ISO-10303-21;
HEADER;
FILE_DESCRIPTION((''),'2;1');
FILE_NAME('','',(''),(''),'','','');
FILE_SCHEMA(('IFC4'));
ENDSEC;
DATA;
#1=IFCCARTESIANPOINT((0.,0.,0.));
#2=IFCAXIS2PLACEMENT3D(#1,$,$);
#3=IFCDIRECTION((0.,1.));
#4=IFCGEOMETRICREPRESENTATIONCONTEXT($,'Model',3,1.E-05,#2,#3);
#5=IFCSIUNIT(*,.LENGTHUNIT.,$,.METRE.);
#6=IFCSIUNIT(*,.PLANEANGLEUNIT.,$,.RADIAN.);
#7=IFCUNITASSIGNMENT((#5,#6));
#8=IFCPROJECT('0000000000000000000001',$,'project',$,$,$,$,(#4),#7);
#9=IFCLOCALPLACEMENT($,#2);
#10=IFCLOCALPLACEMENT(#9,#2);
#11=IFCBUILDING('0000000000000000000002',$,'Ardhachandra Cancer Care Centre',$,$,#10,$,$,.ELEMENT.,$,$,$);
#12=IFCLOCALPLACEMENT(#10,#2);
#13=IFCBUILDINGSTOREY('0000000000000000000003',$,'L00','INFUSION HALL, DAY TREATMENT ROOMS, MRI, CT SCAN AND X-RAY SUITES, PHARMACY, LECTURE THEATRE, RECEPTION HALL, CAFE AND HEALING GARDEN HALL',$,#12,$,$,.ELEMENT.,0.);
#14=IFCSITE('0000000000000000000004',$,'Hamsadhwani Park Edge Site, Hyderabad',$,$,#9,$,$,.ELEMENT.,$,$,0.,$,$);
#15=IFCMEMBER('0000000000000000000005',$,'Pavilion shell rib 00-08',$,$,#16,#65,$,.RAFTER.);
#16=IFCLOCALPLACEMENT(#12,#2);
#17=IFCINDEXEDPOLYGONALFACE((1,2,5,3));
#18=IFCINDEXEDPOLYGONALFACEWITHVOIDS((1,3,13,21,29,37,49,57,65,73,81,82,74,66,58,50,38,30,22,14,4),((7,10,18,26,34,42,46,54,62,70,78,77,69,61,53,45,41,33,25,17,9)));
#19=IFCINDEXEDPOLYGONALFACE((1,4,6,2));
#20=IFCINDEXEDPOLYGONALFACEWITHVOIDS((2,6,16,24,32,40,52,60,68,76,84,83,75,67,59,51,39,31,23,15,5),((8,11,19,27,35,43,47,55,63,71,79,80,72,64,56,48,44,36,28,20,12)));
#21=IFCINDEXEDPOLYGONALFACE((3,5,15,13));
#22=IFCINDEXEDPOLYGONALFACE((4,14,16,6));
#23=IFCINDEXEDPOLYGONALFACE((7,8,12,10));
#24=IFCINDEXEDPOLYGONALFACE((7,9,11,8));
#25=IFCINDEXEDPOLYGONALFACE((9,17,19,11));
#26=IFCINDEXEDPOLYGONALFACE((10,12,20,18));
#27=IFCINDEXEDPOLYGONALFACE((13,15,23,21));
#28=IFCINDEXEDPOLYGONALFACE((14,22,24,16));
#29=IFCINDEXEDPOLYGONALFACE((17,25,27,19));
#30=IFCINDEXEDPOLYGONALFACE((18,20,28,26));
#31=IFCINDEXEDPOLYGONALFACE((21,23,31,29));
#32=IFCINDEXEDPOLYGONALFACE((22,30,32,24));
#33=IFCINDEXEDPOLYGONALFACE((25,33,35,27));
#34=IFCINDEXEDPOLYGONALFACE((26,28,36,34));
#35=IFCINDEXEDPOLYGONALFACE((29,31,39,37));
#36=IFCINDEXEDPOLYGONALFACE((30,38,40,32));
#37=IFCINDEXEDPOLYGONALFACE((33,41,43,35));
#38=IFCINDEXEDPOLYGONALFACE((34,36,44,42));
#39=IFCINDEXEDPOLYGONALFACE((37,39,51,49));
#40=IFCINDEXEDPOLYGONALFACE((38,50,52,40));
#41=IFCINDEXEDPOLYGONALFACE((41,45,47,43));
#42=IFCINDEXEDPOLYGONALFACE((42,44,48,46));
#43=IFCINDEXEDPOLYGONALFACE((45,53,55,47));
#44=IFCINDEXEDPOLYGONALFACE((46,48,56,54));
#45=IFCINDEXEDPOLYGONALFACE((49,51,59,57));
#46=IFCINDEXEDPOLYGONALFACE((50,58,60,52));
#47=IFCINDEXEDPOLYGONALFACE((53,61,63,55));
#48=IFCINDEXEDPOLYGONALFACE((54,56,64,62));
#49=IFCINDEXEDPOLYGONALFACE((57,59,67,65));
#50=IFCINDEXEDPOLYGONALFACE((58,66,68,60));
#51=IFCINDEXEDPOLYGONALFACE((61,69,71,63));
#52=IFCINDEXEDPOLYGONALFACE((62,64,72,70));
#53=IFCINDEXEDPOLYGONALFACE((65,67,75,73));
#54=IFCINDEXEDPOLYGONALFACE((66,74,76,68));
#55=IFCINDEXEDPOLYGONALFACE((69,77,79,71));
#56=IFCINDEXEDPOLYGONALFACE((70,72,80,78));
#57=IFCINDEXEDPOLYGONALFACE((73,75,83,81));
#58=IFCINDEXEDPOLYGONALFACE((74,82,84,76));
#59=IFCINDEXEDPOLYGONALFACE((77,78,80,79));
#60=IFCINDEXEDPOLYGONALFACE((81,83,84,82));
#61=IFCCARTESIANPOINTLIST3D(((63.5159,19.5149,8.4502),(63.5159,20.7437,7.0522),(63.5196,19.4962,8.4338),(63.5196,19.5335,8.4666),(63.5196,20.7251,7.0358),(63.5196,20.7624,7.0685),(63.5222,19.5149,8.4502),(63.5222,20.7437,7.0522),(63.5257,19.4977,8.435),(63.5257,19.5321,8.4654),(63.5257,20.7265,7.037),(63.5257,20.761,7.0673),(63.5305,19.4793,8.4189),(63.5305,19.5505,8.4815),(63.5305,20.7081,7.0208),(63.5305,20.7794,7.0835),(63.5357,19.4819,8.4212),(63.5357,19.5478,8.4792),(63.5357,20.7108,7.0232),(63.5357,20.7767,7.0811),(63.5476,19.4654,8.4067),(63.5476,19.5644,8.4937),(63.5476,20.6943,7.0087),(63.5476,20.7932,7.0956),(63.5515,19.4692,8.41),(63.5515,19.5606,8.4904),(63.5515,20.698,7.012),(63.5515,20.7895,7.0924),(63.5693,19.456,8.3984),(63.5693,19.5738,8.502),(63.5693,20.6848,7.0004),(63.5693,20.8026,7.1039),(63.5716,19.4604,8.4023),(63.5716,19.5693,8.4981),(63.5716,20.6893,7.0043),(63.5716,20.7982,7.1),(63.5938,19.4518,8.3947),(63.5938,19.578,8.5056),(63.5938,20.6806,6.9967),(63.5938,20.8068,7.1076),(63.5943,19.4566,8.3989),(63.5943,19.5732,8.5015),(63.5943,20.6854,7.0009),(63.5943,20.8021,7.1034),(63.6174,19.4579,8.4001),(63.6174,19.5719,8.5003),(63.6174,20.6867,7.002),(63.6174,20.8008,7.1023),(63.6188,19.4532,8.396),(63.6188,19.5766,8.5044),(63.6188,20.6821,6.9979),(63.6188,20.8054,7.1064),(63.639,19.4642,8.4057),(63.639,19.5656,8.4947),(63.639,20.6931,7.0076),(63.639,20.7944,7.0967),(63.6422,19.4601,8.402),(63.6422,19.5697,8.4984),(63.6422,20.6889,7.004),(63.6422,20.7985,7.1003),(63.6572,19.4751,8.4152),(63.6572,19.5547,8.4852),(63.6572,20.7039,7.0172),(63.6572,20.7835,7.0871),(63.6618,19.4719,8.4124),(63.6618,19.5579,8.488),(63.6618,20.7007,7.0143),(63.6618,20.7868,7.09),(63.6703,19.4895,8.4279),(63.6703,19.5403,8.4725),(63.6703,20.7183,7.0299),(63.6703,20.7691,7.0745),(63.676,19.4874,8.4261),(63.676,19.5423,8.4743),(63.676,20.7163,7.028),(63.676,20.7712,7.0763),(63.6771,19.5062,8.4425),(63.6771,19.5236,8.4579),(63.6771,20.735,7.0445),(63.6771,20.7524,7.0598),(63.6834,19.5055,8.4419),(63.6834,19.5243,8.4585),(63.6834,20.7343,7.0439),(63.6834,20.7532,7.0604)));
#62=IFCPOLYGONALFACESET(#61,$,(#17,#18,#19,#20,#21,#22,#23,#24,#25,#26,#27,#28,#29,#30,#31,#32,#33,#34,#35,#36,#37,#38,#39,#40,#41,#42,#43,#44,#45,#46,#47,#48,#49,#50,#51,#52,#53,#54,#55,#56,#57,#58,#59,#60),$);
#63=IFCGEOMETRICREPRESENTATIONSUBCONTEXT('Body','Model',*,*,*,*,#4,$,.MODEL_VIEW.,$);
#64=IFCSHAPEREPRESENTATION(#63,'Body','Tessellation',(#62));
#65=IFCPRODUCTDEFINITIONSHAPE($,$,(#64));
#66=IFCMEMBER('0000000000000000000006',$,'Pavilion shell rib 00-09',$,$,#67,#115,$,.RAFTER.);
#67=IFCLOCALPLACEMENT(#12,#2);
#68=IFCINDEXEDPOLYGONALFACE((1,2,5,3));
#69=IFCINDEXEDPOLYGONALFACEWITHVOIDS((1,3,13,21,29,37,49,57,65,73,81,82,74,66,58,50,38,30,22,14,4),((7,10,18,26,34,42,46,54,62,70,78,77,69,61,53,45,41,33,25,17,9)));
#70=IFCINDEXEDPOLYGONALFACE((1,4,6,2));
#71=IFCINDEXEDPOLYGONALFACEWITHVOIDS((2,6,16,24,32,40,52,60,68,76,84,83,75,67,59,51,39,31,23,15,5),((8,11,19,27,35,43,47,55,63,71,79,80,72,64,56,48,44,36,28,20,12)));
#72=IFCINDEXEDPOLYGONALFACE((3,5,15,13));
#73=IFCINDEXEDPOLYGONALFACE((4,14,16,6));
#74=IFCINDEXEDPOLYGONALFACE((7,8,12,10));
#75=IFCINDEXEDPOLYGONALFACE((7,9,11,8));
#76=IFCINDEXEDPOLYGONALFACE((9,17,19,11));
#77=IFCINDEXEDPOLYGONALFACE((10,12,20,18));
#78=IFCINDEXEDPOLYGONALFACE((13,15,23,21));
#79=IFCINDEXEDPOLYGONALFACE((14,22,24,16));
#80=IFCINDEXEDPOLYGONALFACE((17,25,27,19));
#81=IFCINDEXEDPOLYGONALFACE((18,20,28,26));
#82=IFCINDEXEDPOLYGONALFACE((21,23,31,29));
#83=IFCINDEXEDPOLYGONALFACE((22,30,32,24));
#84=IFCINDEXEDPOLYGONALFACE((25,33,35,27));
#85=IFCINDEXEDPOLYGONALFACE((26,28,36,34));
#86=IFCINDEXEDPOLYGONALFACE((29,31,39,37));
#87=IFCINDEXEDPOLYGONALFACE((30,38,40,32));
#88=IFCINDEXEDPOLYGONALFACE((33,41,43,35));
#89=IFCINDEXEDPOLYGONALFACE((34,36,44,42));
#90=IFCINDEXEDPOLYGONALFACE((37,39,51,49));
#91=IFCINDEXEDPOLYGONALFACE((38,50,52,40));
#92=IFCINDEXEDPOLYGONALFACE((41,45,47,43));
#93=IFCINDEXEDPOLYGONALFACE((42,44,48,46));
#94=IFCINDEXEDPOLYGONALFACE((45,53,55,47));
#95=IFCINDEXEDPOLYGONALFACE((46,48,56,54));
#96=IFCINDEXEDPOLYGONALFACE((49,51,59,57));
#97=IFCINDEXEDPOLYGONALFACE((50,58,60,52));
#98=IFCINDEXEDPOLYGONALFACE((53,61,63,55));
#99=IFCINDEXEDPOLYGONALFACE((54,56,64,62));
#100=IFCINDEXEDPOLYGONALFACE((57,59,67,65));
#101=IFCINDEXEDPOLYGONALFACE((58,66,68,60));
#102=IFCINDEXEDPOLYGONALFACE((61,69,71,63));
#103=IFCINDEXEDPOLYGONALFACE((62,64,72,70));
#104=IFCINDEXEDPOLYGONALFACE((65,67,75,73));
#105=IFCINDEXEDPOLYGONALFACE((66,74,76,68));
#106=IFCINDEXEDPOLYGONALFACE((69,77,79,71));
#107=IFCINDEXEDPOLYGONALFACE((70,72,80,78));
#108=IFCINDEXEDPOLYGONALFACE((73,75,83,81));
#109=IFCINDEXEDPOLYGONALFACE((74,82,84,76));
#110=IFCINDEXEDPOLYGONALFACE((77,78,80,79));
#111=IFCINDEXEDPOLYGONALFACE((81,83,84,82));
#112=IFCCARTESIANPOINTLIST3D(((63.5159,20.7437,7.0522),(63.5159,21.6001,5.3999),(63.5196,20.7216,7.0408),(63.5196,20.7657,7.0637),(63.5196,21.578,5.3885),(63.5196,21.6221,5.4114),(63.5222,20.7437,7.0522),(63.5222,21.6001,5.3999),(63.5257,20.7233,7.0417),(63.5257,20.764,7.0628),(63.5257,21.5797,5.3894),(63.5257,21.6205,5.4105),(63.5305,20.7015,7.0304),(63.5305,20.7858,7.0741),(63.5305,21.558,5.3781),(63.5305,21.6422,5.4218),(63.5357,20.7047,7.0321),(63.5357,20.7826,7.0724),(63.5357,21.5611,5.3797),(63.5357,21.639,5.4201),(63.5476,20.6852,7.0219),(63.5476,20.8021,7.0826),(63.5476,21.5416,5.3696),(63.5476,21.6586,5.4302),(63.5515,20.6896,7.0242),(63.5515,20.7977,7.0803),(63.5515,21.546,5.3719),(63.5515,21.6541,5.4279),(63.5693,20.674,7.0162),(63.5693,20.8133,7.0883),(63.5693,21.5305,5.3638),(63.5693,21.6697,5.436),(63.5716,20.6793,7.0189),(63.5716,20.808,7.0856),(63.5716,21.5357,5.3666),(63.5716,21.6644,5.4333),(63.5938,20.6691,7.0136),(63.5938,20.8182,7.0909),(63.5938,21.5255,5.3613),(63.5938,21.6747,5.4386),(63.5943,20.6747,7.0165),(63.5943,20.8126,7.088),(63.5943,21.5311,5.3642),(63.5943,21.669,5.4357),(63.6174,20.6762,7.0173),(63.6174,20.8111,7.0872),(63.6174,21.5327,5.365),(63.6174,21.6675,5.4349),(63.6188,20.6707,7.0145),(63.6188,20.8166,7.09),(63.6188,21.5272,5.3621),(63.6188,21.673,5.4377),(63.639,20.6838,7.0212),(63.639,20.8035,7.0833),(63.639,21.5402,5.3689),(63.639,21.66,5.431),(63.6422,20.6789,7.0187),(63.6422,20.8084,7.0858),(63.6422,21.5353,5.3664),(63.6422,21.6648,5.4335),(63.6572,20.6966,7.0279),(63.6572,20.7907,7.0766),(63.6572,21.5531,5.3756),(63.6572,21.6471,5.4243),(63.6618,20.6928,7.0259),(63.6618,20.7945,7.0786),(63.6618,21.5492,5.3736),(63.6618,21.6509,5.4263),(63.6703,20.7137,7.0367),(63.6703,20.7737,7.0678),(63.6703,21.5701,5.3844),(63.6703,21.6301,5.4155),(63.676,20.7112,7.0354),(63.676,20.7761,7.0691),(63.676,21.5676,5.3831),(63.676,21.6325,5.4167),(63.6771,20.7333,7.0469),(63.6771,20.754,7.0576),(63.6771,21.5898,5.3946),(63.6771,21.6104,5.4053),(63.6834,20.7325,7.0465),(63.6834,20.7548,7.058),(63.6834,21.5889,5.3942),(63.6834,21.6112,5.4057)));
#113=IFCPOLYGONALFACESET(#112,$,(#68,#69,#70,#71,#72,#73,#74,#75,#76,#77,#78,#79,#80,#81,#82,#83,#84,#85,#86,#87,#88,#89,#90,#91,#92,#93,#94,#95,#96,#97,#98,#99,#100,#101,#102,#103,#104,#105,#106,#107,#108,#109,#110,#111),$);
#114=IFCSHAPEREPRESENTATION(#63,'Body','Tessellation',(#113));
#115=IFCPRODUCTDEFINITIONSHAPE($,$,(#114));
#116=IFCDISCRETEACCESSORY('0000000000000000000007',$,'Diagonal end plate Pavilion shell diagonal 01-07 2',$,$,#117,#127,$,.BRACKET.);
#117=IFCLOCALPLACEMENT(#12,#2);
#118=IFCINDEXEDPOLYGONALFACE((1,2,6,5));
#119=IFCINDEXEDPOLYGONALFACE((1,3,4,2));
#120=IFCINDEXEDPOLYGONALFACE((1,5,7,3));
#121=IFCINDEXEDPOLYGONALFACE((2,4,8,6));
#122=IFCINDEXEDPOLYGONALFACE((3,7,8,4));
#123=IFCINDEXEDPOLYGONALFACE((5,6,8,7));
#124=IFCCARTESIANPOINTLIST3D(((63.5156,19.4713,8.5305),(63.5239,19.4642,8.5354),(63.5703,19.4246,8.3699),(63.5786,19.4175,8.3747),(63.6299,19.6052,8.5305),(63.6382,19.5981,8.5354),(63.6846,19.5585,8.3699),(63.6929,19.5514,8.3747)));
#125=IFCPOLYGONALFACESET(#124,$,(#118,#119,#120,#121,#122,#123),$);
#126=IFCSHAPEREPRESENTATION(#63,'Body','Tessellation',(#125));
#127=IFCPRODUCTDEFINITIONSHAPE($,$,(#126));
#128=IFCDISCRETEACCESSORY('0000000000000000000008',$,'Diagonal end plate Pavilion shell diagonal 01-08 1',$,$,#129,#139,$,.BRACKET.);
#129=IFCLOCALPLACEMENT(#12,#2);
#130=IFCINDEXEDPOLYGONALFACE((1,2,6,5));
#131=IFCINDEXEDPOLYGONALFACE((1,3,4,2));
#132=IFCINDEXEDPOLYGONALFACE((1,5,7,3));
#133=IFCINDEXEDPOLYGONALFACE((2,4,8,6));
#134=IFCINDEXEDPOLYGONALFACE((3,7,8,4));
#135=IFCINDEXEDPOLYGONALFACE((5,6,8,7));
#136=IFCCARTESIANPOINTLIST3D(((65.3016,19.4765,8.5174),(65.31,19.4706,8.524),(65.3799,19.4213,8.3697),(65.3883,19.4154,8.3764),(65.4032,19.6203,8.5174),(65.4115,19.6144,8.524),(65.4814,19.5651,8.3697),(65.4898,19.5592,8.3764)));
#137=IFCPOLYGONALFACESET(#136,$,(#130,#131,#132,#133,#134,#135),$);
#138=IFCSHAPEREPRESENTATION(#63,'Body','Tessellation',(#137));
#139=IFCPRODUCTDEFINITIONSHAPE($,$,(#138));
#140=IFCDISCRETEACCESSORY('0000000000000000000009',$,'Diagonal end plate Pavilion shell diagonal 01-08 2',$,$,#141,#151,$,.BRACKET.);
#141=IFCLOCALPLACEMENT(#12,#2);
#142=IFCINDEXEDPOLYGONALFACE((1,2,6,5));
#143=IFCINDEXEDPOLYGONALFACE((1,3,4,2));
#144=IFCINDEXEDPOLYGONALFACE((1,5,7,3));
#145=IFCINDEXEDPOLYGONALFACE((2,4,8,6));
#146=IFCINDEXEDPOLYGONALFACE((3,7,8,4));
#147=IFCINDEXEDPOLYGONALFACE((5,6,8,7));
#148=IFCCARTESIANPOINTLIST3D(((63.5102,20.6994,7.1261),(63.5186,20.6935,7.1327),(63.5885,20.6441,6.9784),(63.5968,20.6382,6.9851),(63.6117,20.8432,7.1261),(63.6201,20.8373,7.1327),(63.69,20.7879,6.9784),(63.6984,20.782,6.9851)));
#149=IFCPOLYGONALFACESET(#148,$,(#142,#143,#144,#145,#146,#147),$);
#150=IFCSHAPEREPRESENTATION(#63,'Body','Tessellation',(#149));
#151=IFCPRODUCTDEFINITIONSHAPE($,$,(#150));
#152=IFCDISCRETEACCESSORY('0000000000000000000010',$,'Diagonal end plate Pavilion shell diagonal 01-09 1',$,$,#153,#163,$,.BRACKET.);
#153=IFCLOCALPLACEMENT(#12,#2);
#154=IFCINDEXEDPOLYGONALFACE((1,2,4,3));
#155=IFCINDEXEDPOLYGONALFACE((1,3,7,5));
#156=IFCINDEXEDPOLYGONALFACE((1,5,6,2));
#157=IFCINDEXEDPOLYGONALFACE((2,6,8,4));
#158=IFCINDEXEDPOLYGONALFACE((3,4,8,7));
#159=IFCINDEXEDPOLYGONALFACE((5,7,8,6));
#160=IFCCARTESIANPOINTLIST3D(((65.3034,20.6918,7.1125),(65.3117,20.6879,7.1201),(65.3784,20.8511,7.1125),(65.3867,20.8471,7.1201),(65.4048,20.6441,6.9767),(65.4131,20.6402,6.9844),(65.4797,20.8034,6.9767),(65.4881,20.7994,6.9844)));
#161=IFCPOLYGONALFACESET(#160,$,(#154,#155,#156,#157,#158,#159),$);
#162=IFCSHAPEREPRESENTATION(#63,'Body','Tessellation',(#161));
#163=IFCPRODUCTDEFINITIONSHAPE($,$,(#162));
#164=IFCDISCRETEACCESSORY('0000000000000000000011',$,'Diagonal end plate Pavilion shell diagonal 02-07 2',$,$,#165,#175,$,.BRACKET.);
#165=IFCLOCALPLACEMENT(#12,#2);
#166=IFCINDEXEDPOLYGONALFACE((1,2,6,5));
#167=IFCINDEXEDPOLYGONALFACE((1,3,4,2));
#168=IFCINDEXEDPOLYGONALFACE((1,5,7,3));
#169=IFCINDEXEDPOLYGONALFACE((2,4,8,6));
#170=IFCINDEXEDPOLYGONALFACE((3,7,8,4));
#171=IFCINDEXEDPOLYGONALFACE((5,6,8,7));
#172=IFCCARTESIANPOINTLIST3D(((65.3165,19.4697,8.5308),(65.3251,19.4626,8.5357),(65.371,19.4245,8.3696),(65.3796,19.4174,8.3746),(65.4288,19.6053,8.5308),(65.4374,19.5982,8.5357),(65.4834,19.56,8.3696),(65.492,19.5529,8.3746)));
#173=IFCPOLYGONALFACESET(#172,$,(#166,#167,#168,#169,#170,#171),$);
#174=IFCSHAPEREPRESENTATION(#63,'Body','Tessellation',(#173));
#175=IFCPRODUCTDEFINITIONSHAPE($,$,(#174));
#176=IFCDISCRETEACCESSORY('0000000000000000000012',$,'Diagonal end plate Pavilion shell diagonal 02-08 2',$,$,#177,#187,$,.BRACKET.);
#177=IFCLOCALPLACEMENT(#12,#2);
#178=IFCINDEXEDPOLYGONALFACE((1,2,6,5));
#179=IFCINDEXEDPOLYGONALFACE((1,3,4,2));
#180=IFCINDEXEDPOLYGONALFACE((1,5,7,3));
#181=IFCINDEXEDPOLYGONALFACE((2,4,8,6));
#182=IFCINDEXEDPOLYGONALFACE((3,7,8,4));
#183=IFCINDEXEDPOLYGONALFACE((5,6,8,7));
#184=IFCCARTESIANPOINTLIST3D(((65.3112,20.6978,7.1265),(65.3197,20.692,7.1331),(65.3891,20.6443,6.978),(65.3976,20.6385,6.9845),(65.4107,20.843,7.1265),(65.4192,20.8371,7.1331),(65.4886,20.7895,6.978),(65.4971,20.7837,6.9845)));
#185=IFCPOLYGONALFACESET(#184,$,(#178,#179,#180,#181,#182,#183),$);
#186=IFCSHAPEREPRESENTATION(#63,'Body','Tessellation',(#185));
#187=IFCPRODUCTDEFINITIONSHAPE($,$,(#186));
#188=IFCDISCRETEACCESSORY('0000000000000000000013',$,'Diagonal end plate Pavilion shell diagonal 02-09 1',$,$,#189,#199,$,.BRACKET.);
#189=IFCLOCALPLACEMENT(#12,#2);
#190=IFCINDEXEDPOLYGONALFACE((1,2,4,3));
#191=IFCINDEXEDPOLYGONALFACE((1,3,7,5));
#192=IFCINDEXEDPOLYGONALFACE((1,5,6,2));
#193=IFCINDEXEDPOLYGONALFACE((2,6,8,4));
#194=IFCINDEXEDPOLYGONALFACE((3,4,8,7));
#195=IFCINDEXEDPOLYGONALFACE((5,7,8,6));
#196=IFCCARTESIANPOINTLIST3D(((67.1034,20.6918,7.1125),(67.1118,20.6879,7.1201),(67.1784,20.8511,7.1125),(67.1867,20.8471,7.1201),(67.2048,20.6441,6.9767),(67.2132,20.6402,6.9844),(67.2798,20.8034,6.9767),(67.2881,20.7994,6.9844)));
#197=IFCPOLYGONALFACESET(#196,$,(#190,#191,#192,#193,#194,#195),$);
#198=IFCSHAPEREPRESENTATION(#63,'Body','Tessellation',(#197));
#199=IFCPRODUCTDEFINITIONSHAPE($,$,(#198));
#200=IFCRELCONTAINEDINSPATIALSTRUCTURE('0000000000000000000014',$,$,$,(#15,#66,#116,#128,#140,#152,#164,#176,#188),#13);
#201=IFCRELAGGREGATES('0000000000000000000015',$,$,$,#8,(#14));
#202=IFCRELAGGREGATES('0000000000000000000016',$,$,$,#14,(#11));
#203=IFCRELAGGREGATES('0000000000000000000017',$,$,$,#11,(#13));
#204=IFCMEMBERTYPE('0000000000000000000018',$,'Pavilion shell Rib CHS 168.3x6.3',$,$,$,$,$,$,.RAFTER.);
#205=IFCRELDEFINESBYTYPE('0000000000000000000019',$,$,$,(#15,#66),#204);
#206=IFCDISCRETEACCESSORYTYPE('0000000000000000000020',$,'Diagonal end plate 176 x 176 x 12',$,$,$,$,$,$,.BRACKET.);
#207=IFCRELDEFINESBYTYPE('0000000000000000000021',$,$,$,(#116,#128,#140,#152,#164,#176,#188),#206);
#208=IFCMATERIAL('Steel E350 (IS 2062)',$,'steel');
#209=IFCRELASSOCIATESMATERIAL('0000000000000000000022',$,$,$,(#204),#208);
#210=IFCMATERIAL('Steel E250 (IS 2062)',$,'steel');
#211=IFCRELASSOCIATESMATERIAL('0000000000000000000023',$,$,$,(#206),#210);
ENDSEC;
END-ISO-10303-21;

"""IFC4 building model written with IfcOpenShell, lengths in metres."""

from ifc_helpers import new_model, si_unit, direction, frame, origin, origin_2d, place, context, subcontext, project, spatial, rectangle, hollow_circle, extrude, material, material_profile, profile_set, type_object, element, save


model = new_model("IFC4")

# Units and contexts
model_context = context("Model", 3, precision=1e-05, world=origin(), true_north=direction((0.0, 1.0)))
body_context = subcontext(model_context, "Body", "Model", "MODEL_VIEW")
ifc_project = project(units=[si_unit("LENGTHUNIT", "METRE"), si_unit("PLANEANGLEUNIT", "RADIAN")], contexts=[model_context])

# Site, building, storey
site_placement = place(None, origin())
site = spatial("IfcSite", under=ifc_project, at=site_placement, Name="Hamsadhwani Park Edge Site, Hyderabad", CompositionType="ELEMENT", RefElevation=0.0)
building_placement = place(site_placement, origin())
building = spatial("IfcBuilding", under=site, at=building_placement, Name="Ardhachandra Cancer Care Centre", CompositionType="ELEMENT")
storey_placement = place(building_placement, origin())
storey = spatial("IfcBuildingStorey", under=building, at=storey_placement, Name="L00", Description="INFUSION HALL, DAY TREATMENT ROOMS, MRI, CT SCAN AND X-RAY SUITES, PHARMACY, LECTURE THEATRE, RECEPTION HALL, CAFE AND HEALING GARDEN HALL", CompositionType="ELEMENT", Elevation=0.0)

# Members
ifc_material_1 = material(Name="Steel E350 (IS 2062)", Category="steel")
ifc_material_profile_1 = material_profile(ifc_material_1, hollow_circle(Radius=0.0842, WallThickness=0.0063, at=origin_2d()), Name="CHS 168.3x6.3")
ifc_profile_set_1 = profile_set([ifc_material_profile_1], Name="Steel E350 (IS 2062)")
member_type_1 = type_object("IfcMemberType", Name="Pavilion shell Rib CHS 168.3x6.3", PredefinedType="RAFTER", material=ifc_profile_set_1)
member_1_placement = place(storey_placement, frame((63.6001, 19.5149, 8.4502), z_axis=(0.0, 0.660193, -0.751096), x_axis=(-1.0, 0.0, 0.0)))
element("IfcMember", 1, at=member_1_placement, inside=storey, type_object=member_type_1, Name="Pavilion shell rib 00-08", PredefinedType="RAFTER", context=body_context, shape_type="SweptSolid", body=[
    extrude(hollow_circle(Radius=0.0842, WallThickness=0.0063, at=origin_2d()), origin(), (0.0, 0.0, 1.0), 1.8613),
])
member_2_placement = place(storey_placement, frame((63.6001, 20.7437, 7.0522), z_axis=(0.0, 0.460179, -0.887826), x_axis=(-1.0, 0.0, 0.0)))
element("IfcMember", 2, at=member_2_placement, inside=storey, type_object=member_type_1, Name="Pavilion shell rib 00-09", PredefinedType="RAFTER", context=body_context, shape_type="SweptSolid", body=[
    extrude(hollow_circle(Radius=0.0842, WallThickness=0.0063, at=origin_2d()), origin(), (0.0, 0.0, 1.0), 1.8611),
])

# Discrete accessories
ifc_material_2 = material(Name="Steel E250 (IS 2062)", Category="steel")
ifc_material_profile_2 = material_profile(ifc_material_2, rectangle(XDim=0.176, YDim=0.176, at=origin_2d()), Name="PL 176x176x12")
ifc_profile_set_2 = profile_set([ifc_material_profile_2], Name="Steel E250 (IS 2062)")
discrete_accessory_type = type_object("IfcDiscreteAccessoryType", Name="Diagonal end plate 176 x 176 x 12", PredefinedType="BRACKET", material=ifc_profile_set_2)
discrete_accessory_1_placement = place(storey_placement, frame((63.6001, 19.5149, 8.4502), z_axis=(0.694456, -0.59233, 0.408504), x_axis=(0.648947, 0.760834, 0.0)))
element("IfcDiscreteAccessory", 3, at=discrete_accessory_1_placement, inside=storey, type_object=discrete_accessory_type, Name="Diagonal end plate Pavilion shell diagonal 01-07 2", PredefinedType="BRACKET", context=body_context, shape_type="SweptSolid", body=[
    extrude(rectangle(XDim=0.176, YDim=0.176, at=origin_2d()), origin(), (0.0, 0.0, 1.0), 0.012),
])
for number, where, z_axis, x_axis, name in (
    (4, (65.3999, 19.5149, 8.4502), (-0.685367, 0.483788, -0.544262), (-0.576683, -0.816968, 0.0), "Diagonal end plate Pavilion shell diagonal 01-08 1"),
    (5, (63.6001, 20.7437, 7.0522), (0.685367, -0.483788, 0.544262), (0.576683, 0.816968, 0.0), "Diagonal end plate Pavilion shell diagonal 01-08 2"),
):
    element("IfcDiscreteAccessory", number, at=place(storey_placement, frame(where, z_axis=z_axis, x_axis=x_axis)), inside=storey, type_object=discrete_accessory_type, Name=name, PredefinedType="BRACKET", context=body_context, shape_type="SweptSolid", body=[
        extrude(rectangle(XDim=0.176, YDim=0.176, at=origin_2d()), origin(), (0.0, 0.0, 1.0), 0.0122),
    ])
discrete_accessory_2_placement = place(storey_placement, frame((65.3999, 20.7437, 7.0522), z_axis=(-0.697959, 0.328451, -0.636375), x_axis=(-0.425797, -0.904819, 0.0)))
element("IfcDiscreteAccessory", 6, at=discrete_accessory_2_placement, inside=storey, type_object=discrete_accessory_type, Name="Diagonal end plate Pavilion shell diagonal 01-09 1", PredefinedType="BRACKET", context=body_context, shape_type="SweptSolid", body=[
    extrude(rectangle(XDim=0.176, YDim=0.176, at=origin_2d()), origin(), (0.0, 0.0, 1.0), 0.012),
])
for number, where, z_axis, x_axis, name in (
    (7, (65.3999, 19.5149, 8.4502), (0.704809, -0.583985, 0.402748), (0.638018, 0.770022, 0.0), "Diagonal end plate Pavilion shell diagonal 02-07 2"),
    (8, (65.3999, 20.7437, 7.0522), (0.695837, -0.477146, 0.536789), (0.565528, 0.824729, 0.0), "Diagonal end plate Pavilion shell diagonal 02-08 2"),
):
    element("IfcDiscreteAccessory", number, at=place(storey_placement, frame(where, z_axis=z_axis, x_axis=x_axis)), inside=storey, type_object=discrete_accessory_type, Name=name, PredefinedType="BRACKET", context=body_context, shape_type="SweptSolid", body=[
        extrude(rectangle(XDim=0.176, YDim=0.176, at=origin_2d()), origin(), (0.0, 0.0, 1.0), 0.0122),
    ])
discrete_accessory_3_placement = place(storey_placement, frame((67.2, 20.7437, 7.0522), z_axis=(-0.697959, 0.328451, -0.636375), x_axis=(-0.425797, -0.904819, 0.0)))
element("IfcDiscreteAccessory", 9, at=discrete_accessory_3_placement, inside=storey, type_object=discrete_accessory_type, Name="Diagonal end plate Pavilion shell diagonal 02-09 1", PredefinedType="BRACKET", context=body_context, shape_type="SweptSolid", body=[
    extrude(rectangle(XDim=0.176, YDim=0.176, at=origin_2d()), origin(), (0.0, 0.0, 1.0), 0.012),
])

save(model, "model.ifc")
